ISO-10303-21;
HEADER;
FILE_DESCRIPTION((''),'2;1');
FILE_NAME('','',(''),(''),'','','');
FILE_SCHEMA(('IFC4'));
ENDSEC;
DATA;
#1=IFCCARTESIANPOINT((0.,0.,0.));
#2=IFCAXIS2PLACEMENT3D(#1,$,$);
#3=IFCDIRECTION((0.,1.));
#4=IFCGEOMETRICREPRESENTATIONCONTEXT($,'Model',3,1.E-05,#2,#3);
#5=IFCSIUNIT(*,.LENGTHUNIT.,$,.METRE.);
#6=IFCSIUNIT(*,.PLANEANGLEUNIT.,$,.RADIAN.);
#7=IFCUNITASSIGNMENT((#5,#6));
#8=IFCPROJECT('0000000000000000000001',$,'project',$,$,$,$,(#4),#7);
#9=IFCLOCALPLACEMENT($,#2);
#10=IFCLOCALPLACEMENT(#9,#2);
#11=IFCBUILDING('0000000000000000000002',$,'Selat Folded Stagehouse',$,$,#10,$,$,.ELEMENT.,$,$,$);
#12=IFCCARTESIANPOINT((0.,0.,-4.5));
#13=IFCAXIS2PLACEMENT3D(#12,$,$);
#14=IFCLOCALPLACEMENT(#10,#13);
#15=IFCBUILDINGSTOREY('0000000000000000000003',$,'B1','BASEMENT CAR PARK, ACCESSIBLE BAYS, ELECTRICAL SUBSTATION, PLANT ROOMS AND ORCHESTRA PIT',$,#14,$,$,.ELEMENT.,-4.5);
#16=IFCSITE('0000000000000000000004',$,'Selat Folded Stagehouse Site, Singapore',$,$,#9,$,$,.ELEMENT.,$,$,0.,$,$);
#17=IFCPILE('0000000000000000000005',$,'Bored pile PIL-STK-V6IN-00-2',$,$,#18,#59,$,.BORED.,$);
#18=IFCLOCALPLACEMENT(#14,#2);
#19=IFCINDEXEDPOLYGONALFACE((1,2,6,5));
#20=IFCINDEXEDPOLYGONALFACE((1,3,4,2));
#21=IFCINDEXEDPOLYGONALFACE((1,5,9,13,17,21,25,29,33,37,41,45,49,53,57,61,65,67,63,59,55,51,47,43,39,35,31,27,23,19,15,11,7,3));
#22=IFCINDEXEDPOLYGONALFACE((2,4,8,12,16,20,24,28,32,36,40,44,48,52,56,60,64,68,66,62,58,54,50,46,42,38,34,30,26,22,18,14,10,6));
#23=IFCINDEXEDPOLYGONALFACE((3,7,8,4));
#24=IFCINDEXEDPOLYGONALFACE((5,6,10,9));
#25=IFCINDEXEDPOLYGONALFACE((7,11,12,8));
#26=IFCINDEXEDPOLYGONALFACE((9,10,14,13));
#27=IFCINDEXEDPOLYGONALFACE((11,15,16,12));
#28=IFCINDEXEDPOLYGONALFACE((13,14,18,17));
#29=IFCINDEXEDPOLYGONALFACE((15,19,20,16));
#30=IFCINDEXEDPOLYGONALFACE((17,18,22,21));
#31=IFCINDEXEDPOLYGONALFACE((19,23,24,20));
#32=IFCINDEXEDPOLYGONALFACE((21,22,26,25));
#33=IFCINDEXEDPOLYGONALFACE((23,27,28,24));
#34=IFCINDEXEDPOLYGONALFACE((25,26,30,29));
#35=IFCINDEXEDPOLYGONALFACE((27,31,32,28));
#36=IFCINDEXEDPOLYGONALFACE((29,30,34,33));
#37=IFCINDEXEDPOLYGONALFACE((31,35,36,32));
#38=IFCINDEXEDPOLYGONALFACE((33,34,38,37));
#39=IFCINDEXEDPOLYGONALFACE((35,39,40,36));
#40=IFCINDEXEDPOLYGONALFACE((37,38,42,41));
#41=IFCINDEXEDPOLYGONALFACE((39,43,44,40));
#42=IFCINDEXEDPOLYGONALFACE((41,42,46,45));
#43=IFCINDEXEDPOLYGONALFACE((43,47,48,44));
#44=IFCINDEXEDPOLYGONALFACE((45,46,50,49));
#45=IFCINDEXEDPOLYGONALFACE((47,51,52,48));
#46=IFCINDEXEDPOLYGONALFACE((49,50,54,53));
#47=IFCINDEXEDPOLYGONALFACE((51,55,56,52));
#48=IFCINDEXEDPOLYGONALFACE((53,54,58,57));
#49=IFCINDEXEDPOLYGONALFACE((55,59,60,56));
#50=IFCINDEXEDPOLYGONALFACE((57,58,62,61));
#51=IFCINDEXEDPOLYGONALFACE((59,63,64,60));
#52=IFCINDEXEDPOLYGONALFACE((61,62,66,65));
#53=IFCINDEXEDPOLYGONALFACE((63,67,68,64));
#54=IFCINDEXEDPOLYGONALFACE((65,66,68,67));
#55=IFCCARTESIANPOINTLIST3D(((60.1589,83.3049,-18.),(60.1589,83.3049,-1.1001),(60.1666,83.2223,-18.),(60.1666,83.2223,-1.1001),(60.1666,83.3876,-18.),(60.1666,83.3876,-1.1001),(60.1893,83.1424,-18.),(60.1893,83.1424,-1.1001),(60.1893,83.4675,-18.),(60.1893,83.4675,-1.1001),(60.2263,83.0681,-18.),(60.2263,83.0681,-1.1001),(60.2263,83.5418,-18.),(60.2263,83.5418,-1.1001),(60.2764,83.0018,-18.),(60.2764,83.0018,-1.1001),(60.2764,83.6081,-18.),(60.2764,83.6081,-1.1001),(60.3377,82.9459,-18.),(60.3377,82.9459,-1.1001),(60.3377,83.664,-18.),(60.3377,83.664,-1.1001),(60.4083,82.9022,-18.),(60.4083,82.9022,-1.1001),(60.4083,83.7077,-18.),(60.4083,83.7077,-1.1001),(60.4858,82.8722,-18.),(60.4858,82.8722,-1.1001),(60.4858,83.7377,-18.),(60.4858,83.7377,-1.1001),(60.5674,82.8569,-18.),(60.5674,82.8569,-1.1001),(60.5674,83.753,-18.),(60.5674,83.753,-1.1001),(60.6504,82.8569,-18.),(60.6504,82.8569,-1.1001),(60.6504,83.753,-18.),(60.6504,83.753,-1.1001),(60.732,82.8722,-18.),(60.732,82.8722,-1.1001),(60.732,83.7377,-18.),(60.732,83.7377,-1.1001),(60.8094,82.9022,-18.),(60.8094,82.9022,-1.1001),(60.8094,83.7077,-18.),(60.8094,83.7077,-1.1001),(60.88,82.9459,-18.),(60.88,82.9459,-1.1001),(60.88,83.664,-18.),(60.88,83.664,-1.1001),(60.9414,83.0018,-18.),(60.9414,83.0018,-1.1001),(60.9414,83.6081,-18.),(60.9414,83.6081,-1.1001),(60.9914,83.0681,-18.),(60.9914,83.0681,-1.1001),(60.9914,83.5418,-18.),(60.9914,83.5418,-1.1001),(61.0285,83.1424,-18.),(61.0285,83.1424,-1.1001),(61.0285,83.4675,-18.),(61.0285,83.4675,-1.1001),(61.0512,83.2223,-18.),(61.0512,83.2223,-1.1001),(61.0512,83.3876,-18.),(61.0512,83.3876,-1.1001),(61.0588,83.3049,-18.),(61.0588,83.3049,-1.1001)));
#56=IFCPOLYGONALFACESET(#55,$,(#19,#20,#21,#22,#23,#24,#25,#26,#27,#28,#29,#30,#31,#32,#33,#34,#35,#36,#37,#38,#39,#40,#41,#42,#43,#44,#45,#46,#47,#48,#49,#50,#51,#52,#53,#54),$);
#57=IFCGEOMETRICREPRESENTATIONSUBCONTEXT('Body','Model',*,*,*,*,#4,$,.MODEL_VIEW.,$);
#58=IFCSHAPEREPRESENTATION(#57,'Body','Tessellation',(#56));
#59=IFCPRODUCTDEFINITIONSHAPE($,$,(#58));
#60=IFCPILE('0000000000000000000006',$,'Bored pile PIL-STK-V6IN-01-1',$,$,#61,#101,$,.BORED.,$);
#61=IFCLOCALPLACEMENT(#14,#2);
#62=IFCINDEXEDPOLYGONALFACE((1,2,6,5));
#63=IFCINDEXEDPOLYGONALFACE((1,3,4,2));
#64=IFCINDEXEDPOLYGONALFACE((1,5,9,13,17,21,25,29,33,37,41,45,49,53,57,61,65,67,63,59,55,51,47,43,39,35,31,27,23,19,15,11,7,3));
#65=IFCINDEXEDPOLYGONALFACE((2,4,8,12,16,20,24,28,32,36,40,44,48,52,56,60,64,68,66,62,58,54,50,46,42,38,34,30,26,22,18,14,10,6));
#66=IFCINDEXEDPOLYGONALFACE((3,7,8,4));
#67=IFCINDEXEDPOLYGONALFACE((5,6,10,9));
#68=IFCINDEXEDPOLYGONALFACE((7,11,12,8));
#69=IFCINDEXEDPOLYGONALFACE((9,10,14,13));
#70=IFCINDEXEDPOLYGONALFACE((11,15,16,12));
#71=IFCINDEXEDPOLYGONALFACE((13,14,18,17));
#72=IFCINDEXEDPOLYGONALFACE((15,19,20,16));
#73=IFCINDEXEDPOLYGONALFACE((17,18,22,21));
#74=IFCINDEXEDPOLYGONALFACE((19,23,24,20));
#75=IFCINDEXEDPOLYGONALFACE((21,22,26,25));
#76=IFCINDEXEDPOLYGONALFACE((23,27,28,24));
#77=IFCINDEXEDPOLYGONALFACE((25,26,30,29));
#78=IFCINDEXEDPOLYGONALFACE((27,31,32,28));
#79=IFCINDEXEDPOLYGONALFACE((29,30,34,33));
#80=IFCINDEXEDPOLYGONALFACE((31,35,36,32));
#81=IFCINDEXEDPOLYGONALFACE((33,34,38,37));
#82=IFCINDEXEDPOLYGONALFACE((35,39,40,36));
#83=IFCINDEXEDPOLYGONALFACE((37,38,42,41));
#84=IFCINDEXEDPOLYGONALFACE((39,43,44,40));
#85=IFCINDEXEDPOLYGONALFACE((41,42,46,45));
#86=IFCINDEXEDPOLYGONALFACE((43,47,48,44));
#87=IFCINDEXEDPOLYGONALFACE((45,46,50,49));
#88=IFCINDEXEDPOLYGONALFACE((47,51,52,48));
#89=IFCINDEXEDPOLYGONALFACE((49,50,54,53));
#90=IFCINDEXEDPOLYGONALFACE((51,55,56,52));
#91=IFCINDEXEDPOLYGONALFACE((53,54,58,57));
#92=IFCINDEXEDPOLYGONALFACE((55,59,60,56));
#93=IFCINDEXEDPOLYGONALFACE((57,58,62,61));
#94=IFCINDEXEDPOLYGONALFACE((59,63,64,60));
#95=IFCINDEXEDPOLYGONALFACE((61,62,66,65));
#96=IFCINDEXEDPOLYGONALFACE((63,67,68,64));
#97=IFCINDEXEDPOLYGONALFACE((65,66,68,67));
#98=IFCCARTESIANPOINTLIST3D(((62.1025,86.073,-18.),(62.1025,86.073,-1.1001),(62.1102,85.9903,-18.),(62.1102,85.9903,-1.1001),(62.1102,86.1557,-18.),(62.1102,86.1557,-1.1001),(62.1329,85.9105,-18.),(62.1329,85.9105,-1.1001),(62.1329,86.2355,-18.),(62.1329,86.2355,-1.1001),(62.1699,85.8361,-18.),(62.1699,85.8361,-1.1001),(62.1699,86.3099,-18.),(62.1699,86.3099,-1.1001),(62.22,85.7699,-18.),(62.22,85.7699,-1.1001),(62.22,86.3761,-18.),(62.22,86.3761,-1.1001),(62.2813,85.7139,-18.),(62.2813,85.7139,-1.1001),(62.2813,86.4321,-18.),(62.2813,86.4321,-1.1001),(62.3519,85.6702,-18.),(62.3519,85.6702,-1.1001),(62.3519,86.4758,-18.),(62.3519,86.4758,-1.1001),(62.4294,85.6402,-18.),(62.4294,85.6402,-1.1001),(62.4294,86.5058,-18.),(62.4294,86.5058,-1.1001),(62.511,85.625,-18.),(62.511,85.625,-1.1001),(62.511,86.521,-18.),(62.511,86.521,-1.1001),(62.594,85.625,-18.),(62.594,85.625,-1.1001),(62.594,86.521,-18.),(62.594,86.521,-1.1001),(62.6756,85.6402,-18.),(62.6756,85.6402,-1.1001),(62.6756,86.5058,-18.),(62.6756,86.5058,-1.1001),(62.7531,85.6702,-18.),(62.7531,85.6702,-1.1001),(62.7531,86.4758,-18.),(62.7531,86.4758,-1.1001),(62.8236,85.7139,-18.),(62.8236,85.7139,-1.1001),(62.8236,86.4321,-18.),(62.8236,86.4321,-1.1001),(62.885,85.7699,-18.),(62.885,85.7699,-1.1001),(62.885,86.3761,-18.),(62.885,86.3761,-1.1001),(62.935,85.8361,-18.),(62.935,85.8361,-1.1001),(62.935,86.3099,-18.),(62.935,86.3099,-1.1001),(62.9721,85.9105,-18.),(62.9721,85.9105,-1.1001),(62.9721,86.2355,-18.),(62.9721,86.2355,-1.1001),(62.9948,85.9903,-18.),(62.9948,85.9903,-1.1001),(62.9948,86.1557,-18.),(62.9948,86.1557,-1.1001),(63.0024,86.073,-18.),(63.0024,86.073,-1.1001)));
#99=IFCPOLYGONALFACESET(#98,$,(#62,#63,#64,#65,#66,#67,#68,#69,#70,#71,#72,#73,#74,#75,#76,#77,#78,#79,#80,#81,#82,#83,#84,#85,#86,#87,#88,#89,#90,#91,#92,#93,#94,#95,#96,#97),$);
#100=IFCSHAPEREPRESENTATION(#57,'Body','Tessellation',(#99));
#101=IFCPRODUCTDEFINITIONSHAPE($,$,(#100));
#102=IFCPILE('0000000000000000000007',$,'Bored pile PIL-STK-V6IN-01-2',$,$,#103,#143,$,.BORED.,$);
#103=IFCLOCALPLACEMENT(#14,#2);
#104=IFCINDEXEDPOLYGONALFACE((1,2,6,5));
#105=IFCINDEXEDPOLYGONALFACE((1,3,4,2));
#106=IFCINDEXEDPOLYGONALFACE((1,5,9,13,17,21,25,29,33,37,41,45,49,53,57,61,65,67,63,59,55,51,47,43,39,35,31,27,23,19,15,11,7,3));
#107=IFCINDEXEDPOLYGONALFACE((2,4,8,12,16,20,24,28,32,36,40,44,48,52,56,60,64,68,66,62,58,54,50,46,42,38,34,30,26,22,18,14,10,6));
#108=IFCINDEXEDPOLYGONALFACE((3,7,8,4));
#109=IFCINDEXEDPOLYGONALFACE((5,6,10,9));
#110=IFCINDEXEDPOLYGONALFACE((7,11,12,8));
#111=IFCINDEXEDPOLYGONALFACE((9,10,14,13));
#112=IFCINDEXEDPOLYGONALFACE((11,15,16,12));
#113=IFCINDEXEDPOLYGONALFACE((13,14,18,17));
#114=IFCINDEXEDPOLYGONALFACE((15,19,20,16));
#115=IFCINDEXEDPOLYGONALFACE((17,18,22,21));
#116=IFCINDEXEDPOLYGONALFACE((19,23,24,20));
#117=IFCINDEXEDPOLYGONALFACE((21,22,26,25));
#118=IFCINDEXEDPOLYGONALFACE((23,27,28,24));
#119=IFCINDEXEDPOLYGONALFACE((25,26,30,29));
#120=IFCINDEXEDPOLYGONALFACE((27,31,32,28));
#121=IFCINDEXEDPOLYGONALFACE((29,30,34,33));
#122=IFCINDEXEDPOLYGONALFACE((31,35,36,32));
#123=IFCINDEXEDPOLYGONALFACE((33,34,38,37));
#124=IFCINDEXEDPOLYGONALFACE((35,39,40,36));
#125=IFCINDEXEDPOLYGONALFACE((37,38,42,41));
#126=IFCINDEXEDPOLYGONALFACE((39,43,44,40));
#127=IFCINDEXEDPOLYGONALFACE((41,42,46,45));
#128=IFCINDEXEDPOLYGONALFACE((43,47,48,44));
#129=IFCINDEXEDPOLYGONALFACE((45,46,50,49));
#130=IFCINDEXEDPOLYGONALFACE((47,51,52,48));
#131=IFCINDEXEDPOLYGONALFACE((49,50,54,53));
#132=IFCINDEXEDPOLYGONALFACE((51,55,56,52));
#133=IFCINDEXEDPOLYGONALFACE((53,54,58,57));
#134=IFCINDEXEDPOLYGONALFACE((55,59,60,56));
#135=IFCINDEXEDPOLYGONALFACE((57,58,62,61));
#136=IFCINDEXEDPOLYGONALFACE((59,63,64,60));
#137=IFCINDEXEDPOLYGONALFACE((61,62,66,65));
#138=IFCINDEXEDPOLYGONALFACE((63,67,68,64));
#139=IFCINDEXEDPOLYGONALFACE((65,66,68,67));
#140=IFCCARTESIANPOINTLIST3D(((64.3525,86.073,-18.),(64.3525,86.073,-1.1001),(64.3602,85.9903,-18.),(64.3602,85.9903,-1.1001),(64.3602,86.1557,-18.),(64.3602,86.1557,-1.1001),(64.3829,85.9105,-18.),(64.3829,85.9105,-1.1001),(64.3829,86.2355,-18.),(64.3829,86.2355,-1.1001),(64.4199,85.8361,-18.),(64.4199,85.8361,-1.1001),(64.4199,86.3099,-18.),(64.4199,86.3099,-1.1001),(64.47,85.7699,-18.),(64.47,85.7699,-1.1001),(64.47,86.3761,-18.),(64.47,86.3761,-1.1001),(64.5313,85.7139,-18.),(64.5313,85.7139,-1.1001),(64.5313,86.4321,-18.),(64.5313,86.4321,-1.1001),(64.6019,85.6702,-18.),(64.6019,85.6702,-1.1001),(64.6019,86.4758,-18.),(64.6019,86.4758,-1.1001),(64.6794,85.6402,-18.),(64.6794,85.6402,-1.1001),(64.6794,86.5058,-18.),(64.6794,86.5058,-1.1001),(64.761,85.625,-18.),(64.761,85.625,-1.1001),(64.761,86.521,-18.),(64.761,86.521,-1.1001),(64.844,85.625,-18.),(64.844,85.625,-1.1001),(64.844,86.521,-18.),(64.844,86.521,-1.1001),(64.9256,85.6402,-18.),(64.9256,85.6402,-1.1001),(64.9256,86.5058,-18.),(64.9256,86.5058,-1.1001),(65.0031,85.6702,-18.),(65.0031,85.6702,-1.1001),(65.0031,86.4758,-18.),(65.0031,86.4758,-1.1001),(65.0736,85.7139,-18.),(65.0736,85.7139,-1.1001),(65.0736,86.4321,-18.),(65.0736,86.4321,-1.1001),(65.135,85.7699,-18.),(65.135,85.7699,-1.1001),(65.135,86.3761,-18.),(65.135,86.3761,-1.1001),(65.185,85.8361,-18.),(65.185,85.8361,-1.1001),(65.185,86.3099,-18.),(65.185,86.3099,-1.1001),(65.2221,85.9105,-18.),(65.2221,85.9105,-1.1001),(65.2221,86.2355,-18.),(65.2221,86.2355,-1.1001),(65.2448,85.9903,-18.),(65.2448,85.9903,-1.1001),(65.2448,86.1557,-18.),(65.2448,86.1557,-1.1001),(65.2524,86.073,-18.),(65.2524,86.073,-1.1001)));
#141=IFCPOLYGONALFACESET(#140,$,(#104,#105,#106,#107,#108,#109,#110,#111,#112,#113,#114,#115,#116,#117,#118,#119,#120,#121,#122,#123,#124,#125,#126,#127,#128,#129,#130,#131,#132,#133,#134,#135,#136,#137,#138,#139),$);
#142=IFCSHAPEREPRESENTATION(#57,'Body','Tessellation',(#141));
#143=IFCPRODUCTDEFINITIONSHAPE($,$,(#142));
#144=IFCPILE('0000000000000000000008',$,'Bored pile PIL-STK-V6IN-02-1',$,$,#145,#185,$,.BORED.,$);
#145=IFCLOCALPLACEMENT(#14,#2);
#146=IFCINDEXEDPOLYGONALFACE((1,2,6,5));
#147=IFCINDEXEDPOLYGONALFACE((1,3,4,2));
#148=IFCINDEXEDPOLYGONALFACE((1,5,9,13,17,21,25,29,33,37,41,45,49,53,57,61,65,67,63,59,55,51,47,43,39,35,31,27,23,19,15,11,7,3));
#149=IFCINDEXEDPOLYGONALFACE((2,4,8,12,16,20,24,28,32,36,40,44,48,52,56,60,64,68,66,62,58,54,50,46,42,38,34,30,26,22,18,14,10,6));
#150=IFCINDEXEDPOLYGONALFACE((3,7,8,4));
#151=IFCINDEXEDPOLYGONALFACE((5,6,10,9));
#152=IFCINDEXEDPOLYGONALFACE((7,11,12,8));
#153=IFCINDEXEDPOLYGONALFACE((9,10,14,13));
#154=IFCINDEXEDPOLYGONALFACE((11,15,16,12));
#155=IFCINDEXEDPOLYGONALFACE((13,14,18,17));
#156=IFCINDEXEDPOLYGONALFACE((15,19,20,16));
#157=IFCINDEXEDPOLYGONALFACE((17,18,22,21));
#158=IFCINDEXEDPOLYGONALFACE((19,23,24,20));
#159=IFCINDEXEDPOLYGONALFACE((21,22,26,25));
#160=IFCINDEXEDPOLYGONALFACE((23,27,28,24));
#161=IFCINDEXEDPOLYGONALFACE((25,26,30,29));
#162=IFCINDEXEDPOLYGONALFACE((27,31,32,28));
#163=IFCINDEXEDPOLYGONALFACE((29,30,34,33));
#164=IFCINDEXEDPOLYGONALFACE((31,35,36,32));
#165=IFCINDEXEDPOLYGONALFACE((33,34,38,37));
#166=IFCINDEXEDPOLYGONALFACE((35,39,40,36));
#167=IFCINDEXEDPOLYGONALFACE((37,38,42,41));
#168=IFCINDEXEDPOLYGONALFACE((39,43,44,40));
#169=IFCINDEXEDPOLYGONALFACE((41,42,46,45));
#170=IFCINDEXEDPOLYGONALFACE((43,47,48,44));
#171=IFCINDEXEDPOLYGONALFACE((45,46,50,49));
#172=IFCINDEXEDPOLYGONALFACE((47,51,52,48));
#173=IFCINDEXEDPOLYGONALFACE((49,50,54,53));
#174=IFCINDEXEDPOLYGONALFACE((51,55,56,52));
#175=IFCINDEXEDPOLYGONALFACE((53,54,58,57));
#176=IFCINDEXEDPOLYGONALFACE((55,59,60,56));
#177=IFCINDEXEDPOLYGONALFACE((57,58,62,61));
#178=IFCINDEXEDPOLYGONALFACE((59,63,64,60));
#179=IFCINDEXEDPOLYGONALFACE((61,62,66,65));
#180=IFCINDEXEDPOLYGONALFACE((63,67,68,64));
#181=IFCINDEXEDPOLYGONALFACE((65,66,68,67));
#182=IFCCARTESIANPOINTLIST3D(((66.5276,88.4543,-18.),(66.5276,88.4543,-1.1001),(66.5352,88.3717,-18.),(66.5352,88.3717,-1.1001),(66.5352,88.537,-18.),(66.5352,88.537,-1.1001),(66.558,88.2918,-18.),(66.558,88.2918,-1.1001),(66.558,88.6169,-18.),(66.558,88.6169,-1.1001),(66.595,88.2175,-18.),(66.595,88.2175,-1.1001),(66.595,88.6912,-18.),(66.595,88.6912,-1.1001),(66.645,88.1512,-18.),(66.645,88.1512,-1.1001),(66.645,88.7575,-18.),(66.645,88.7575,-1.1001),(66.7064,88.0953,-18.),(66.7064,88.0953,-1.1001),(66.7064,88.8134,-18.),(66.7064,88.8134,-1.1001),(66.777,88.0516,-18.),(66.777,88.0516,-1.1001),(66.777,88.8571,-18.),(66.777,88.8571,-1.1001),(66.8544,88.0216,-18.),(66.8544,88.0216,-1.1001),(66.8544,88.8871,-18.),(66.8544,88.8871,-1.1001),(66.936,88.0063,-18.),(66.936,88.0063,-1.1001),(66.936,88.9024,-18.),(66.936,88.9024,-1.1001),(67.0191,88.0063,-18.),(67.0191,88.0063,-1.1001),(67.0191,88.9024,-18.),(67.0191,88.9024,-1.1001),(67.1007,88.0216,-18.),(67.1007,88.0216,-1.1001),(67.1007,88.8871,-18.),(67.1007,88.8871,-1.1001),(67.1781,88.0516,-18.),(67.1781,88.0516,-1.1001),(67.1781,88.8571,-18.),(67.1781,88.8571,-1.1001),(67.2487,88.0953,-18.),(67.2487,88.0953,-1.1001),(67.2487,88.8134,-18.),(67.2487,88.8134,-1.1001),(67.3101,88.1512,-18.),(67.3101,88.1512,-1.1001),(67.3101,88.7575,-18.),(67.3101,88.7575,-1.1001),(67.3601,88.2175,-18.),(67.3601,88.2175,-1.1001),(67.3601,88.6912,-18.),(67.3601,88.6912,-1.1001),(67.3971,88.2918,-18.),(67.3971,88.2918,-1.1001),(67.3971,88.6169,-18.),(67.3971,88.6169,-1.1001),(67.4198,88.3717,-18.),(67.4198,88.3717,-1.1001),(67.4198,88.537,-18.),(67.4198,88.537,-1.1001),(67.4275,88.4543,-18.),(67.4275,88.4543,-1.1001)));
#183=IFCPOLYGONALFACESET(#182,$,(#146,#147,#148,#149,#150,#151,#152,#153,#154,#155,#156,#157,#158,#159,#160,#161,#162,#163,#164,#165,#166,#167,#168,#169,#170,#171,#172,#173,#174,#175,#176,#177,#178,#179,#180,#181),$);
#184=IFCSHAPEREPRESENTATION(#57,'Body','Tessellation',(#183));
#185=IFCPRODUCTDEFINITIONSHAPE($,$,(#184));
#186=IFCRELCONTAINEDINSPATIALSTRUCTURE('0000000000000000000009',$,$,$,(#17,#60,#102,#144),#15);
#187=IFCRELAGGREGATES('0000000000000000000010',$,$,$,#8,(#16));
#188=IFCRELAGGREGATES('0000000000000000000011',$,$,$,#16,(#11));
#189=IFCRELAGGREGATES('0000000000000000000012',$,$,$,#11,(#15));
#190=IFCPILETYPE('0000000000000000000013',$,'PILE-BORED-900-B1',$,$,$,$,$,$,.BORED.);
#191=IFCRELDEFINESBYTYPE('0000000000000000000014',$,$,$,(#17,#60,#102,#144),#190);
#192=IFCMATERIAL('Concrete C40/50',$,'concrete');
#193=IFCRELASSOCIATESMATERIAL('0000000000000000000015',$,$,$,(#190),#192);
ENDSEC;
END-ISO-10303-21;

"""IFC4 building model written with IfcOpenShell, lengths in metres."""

from ifc_helpers import new_model, si_unit, direction, frame, origin, origin_2d, place, context, subcontext, project, spatial, circle, extrude, material, material_profile, profile_set, type_object, element, save


model = new_model("IFC4")

# Units and contexts
model_context = context("Model", 3, precision=1e-05, world=origin(), true_north=direction((0.0, 1.0)))
body_context = subcontext(model_context, "Body", "Model", "MODEL_VIEW")
ifc_project = project(units=[si_unit("LENGTHUNIT", "METRE"), si_unit("PLANEANGLEUNIT", "RADIAN")], contexts=[model_context])

# Site, building, storey
site_placement = place(None, origin())
site = spatial("IfcSite", under=ifc_project, at=site_placement, Name="Selat Folded Stagehouse Site, Singapore", CompositionType="ELEMENT", RefElevation=0.0)
building_placement = place(site_placement, origin())
building = spatial("IfcBuilding", under=site, at=building_placement, Name="Selat Folded Stagehouse", CompositionType="ELEMENT")
storey_placement = place(building_placement, frame((0.0, 0.0, -4.5)))
storey = spatial("IfcBuildingStorey", under=building, at=storey_placement, Name="B1", Description="BASEMENT CAR PARK, ACCESSIBLE BAYS, ELECTRICAL SUBSTATION, PLANT ROOMS AND ORCHESTRA PIT", CompositionType="ELEMENT", Elevation=-4.5)

# Shared definitions
ifc_material_1 = material(Name="Concrete C40/50", Category="concrete")

# Piles
ifc_material_profile_1 = material_profile(ifc_material_1, circle(Radius=0.45, at=origin_2d()), Name="PILE D900")
ifc_profile_set_1 = profile_set([ifc_material_profile_1], Name="Concrete C40/50")
pile_type_1 = type_object("IfcPileType", Name="PILE-BORED-900-B1", PredefinedType="BORED", material=ifc_profile_set_1)
for number, where, z_axis, x_axis, name in (
    (1, (60.6089, 83.3049, -1.1001), (0.0, 0.0, -1.0), (1.0, 0.0, 0.0), "Bored pile PIL-STK-V6IN-00-2"),
    (2, (62.5525, 86.073, -1.1001), (0.0, 0.0, -1.0), (1.0, 0.0, 0.0), "Bored pile PIL-STK-V6IN-01-1"),
    (3, (64.8025, 86.073, -1.1001), (0.0, 0.0, -1.0), (1.0, 0.0, 0.0), "Bored pile PIL-STK-V6IN-01-2"),
    (4, (66.9775, 88.4543, -1.1001), (0.0, 0.0, -1.0), (1.0, 0.0, 0.0), "Bored pile PIL-STK-V6IN-02-1"),
):
    element("IfcPile", number, at=place(storey_placement, frame(where, z_axis=z_axis, x_axis=x_axis)), inside=storey, type_object=pile_type_1, Name=name, PredefinedType="BORED", context=body_context, shape_type="SweptSolid", body=[
        extrude(circle(Radius=0.45, at=origin_2d()), origin(), (0.0, 0.0, 1.0), 16.8999),
    ])

save(model, "model.ifc")
